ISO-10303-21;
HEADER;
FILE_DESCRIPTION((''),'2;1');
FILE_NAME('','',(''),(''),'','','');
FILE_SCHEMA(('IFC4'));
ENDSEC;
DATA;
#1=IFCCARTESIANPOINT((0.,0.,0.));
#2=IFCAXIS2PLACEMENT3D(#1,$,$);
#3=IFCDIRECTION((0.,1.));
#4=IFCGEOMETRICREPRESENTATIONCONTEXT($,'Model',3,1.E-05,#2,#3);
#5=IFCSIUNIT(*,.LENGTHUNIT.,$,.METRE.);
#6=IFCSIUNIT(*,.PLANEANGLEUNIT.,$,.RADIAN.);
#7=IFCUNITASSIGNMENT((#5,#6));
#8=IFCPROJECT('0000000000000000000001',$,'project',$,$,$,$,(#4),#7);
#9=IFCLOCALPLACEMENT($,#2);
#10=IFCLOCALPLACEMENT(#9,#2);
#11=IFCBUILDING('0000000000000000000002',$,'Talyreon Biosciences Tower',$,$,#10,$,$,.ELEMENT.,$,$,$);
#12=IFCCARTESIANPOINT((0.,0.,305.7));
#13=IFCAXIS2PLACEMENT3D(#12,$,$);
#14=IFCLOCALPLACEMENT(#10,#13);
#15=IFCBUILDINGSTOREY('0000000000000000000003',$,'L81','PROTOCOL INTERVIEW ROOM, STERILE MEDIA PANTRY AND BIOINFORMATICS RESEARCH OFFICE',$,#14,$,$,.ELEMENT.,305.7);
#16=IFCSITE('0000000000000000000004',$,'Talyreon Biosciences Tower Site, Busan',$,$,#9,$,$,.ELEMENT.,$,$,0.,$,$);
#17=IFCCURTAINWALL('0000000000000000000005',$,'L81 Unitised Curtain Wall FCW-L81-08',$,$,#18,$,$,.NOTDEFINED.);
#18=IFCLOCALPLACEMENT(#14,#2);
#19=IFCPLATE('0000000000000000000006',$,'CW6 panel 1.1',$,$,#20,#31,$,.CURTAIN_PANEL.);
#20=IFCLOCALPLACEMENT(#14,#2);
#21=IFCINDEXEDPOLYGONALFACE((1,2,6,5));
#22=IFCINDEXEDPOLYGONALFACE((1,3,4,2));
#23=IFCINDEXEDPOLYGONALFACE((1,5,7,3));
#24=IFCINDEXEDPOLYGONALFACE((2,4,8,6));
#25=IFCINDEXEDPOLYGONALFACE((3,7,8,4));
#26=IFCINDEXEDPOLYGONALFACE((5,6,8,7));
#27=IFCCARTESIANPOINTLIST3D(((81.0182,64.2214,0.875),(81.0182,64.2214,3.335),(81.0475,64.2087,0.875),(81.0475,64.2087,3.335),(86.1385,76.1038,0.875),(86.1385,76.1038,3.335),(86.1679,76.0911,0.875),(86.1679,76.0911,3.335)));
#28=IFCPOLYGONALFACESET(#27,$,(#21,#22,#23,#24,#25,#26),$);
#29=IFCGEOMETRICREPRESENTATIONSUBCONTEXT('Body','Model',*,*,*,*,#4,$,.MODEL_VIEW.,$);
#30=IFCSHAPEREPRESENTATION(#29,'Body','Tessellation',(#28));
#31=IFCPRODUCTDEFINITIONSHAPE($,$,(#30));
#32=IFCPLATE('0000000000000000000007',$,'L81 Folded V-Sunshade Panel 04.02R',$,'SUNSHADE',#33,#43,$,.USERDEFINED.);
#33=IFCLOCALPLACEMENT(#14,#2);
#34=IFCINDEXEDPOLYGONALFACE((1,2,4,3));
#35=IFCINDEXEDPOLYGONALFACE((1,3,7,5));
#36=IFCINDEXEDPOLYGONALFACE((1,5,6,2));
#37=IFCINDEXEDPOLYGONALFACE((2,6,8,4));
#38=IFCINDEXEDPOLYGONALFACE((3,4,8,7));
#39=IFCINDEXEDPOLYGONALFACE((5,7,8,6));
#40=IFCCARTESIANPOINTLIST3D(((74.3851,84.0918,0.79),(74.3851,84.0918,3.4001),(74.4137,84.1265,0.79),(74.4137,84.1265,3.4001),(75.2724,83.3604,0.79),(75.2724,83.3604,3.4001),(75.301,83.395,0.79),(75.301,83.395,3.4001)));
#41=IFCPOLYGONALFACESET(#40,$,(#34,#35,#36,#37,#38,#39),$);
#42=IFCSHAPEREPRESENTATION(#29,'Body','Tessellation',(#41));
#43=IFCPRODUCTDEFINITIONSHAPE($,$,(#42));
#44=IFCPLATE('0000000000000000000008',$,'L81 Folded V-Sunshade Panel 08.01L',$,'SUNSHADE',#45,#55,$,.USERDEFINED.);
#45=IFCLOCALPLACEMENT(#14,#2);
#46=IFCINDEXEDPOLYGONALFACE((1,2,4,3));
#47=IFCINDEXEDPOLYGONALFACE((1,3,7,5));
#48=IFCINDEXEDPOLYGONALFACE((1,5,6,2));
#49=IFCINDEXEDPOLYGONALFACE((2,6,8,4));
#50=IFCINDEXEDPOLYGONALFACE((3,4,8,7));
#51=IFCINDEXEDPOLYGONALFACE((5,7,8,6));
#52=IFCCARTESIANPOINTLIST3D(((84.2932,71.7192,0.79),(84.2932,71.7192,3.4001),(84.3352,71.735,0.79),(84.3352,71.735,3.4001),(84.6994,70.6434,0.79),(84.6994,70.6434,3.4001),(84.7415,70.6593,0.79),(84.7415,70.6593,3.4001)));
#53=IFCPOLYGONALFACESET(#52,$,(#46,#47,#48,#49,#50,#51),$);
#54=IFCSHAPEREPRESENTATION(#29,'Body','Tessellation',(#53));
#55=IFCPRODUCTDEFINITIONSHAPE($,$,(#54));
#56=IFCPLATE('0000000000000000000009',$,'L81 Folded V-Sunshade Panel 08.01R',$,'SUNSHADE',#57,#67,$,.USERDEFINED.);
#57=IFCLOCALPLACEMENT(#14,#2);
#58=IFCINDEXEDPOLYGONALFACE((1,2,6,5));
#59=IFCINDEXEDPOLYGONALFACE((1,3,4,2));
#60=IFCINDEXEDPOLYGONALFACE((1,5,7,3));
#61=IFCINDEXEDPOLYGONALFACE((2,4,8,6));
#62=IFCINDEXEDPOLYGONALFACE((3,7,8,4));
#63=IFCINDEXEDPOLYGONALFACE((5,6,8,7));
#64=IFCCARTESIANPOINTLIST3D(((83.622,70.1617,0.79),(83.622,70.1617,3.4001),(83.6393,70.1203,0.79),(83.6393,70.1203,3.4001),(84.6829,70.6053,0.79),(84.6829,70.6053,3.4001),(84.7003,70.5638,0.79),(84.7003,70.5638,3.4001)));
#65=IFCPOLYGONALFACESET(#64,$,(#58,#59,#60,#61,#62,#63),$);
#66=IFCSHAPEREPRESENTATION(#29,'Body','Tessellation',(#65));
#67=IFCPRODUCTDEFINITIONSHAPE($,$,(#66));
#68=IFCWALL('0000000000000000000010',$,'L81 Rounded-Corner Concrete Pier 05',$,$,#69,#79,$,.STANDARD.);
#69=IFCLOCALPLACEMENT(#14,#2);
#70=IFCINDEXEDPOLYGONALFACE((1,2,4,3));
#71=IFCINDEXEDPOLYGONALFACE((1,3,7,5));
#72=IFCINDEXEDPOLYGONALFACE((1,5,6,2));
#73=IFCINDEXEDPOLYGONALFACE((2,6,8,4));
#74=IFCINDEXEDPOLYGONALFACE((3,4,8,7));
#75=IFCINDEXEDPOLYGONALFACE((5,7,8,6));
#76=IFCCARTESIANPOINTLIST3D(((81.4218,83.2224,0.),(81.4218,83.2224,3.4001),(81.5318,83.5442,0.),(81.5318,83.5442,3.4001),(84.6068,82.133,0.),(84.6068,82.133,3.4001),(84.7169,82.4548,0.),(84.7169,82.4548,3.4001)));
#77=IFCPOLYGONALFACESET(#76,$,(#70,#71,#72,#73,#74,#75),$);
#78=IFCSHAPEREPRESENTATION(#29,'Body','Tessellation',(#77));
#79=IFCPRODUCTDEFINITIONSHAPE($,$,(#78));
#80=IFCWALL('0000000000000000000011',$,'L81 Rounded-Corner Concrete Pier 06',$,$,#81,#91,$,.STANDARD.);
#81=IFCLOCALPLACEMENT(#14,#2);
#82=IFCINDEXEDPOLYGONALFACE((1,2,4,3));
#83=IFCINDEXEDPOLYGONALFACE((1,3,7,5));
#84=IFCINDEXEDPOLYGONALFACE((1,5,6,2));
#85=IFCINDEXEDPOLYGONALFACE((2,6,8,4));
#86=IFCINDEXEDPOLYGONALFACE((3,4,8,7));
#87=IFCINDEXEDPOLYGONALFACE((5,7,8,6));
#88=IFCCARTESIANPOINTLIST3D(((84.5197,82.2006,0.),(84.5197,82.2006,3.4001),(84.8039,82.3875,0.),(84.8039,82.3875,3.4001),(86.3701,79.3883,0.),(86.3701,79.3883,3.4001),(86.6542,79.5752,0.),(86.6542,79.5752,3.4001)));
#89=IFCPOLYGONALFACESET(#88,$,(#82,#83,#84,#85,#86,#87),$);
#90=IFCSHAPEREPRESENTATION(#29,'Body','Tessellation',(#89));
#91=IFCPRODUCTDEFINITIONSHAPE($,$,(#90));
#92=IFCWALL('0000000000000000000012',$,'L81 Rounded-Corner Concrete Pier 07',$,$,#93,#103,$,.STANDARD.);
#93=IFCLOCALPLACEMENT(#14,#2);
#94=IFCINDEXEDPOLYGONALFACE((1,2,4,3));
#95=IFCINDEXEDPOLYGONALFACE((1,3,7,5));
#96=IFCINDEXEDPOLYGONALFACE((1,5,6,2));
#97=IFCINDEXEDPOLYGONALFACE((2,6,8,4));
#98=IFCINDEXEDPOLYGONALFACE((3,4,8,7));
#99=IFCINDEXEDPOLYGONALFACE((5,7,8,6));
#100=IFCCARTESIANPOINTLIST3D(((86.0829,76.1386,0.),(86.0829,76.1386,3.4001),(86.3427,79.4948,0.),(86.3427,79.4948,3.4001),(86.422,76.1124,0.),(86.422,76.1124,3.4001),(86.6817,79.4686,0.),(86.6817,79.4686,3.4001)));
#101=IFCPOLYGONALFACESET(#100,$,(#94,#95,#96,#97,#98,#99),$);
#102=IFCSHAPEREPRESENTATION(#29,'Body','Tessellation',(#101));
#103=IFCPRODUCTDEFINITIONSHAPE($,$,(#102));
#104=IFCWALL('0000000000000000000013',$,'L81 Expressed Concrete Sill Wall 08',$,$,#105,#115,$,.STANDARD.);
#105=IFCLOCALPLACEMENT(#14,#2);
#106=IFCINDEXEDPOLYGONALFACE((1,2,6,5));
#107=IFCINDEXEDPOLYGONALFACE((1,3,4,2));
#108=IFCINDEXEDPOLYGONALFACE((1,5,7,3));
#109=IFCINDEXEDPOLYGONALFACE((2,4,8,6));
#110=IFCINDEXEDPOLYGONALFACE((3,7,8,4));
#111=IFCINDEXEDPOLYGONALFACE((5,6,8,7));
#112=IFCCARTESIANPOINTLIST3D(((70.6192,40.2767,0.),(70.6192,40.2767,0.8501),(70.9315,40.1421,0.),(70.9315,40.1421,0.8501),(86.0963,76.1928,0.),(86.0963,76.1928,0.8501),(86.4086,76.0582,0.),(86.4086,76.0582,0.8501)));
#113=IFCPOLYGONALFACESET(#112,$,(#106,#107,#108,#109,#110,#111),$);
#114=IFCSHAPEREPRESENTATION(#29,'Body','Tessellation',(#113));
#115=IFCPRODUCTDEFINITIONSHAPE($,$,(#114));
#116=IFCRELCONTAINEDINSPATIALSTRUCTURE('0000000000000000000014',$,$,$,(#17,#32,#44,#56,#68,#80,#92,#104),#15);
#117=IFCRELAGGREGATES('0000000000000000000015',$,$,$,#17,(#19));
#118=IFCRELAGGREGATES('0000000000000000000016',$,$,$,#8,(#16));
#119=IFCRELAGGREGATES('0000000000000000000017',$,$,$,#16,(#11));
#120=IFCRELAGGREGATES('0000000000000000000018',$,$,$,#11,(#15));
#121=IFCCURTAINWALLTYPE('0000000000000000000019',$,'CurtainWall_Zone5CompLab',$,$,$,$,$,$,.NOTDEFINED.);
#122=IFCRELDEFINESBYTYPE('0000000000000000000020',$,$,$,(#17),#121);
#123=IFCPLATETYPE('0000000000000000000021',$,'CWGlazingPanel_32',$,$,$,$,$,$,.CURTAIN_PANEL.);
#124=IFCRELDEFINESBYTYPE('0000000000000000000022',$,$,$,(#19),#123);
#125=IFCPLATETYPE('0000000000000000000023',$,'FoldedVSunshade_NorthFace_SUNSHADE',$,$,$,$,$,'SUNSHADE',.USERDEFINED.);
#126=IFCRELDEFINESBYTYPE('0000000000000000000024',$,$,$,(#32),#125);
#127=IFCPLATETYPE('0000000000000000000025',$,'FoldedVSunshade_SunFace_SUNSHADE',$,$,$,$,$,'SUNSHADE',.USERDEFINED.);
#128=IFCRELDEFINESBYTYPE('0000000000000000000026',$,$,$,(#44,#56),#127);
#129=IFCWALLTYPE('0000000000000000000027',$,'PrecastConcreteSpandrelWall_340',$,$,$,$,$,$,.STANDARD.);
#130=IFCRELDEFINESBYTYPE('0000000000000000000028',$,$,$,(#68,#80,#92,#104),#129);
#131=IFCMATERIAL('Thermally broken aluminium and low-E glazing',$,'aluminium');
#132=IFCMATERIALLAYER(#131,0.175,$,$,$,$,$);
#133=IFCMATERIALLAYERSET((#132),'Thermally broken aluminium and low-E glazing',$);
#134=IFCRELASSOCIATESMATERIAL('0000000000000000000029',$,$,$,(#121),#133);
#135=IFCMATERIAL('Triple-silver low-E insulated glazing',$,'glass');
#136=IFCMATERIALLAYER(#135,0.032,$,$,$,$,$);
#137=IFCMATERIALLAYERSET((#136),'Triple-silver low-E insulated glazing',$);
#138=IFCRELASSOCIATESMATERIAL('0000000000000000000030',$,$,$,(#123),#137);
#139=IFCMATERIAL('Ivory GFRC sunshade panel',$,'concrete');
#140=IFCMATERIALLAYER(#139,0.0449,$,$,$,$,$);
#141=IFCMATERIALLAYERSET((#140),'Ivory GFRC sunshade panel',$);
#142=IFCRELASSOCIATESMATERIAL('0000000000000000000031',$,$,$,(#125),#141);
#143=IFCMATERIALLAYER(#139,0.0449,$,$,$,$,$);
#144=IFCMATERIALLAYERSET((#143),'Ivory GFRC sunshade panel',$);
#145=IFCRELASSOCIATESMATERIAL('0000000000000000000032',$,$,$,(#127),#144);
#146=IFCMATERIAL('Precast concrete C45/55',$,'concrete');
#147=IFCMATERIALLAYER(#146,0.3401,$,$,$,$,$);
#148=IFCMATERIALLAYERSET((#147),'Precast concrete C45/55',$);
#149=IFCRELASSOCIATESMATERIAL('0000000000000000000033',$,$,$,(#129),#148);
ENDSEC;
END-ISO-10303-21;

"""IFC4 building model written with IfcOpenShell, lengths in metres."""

from ifc_helpers import new_model, si_unit, direction, frame, frame_2d, origin, origin_2d, place, context, subcontext, project, spatial, rectangle, extrude, material, layer, layer_set, type_object, element, aggregate, save


model = new_model("IFC4")

# Units and contexts
model_context = context("Model", 3, precision=1e-05, world=origin(), true_north=direction((0.0, 1.0)))
body_context = subcontext(model_context, "Body", "Model", "MODEL_VIEW")
ifc_project = project(units=[si_unit("LENGTHUNIT", "METRE"), si_unit("PLANEANGLEUNIT", "RADIAN")], contexts=[model_context])

# Site, building, storey
site_placement = place(None, origin())
site = spatial("IfcSite", under=ifc_project, at=site_placement, Name="Talyreon Biosciences Tower Site, Busan", CompositionType="ELEMENT", RefElevation=0.0)
building_placement = place(site_placement, origin())
building = spatial("IfcBuilding", under=site, at=building_placement, Name="Talyreon Biosciences Tower", CompositionType="ELEMENT")
storey_placement = place(building_placement, frame((0.0, 0.0, 305.7)))
storey = spatial("IfcBuildingStorey", under=building, at=storey_placement, Name="L81", Description="PROTOCOL INTERVIEW ROOM, STERILE MEDIA PANTRY AND BIOINFORMATICS RESEARCH OFFICE", CompositionType="ELEMENT", Elevation=305.7)

# Shared definitions
ifc_material_1 = material(Name="Thermally broken aluminium and low-E glazing", Category="aluminium")
ifc_layer_1 = layer(ifc_material_1, 0.175)
ifc_layer_set_1 = layer_set([ifc_layer_1], Name="Thermally broken aluminium and low-E glazing")
curtain_wall_type = type_object("IfcCurtainWallType", Name="CurtainWall_Zone5CompLab", PredefinedType="NOTDEFINED", material=ifc_layer_set_1)

# Curtain wall
curtain_wall_1_placement = place(storey_placement, origin())
curtain_wall_1 = element("IfcCurtainWall", 1, at=curtain_wall_1_placement, inside=storey, type_object=curtain_wall_type, Name="L81 Unitised Curtain Wall FCW-L81-08", PredefinedType="NOTDEFINED")

# Shared definitions
ifc_material_2 = material(Name="Precast concrete C45/55", Category="concrete")

# Plate
ifc_material_3 = material(Name="Triple-silver low-E insulated glazing", Category="glass")
ifc_layer_2 = layer(ifc_material_3, 0.032)
ifc_layer_set_2 = layer_set([ifc_layer_2], Name="Triple-silver low-E insulated glazing")
plate_type_1 = type_object("IfcPlateType", Name="CWGlazingPanel_32", PredefinedType="CURTAIN_PANEL", material=ifc_layer_set_2)
plate_1_placement = place(storey_placement, frame((83.593, 70.1562, 0.875), z_axis=(0.0, 0.0, 1.0), x_axis=(-0.395738, -0.918363, 0.0)))
plate_1 = element("IfcPlate", 2, at=plate_1_placement, type_object=plate_type_1, Name="CW6 panel 1.1", PredefinedType="CURTAIN_PANEL", context=body_context, shape_type="SweptSolid", body=[
    extrude(rectangle(XDim=12.9387, YDim=0.032, at=origin_2d()), origin(), (0.0, 0.0, 1.0), 2.46),
])
aggregate(curtain_wall_1, [plate_1])

# Plates
ifc_material_4 = material(Name="Ivory GFRC sunshade panel", Category="concrete")
ifc_layer_3 = layer(ifc_material_4, 0.0449)
ifc_layer_set_3 = layer_set([ifc_layer_3], Name="Ivory GFRC sunshade panel")
plate_type_2 = type_object("IfcPlateType", Name="FoldedVSunshade_NorthFace_SUNSHADE", ElementType="SUNSHADE", PredefinedType="USERDEFINED", material=ifc_layer_set_3)
plate_2_placement = place(storey_placement, frame((74.843, 83.7434, 0.79), z_axis=(0.0, 0.0, 1.0), x_axis=(0.771625, -0.636078, 0.0)))
element("IfcPlate", 3, at=plate_2_placement, inside=storey, type_object=plate_type_2, Name="L81 Folded V-Sunshade Panel 04.02R", ObjectType="SUNSHADE", PredefinedType="USERDEFINED", context=body_context, shape_type="SweptSolid", body=[
    extrude(rectangle(XDim=1.1499, YDim=0.0449, at=origin_2d()), origin(), (0.0, 0.0, 1.0), 2.6101),
])
ifc_layer_4 = layer(ifc_material_4, 0.0449)
ifc_layer_set_4 = layer_set([ifc_layer_4], Name="Ivory GFRC sunshade panel")
plate_type_3 = type_object("IfcPlateType", Name="FoldedVSunshade_SunFace_SUNSHADE", ElementType="SUNSHADE", PredefinedType="USERDEFINED", material=ifc_layer_set_4)
for number, where, z_axis, x_axis, name in (
    (4, (84.5173, 71.1892, 0.79), (0.0, 0.0, 1.0), (0.353279, -0.935518, 0.0), "L81 Folded V-Sunshade Panel 08.01L"),
    (5, (84.1611, 70.3628, 0.79), (0.0, 0.0, 1.0), (-0.922619, -0.385713, 0.0), "L81 Folded V-Sunshade Panel 08.01R"),
):
    element("IfcPlate", number, at=place(storey_placement, frame(where, z_axis=z_axis, x_axis=x_axis)), inside=storey, type_object=plate_type_3, Name=name, ObjectType="SUNSHADE", PredefinedType="USERDEFINED", context=body_context, shape_type="SweptSolid", body=[
        extrude(rectangle(XDim=1.1499, YDim=0.0449, at=origin_2d()), origin(), (0.0, 0.0, 1.0), 2.6101),
    ])

# Walls
ifc_layer_5 = layer(ifc_material_2, 0.3401)
ifc_layer_set_5 = layer_set([ifc_layer_5], Name="Precast concrete C45/55")
wall_type = type_object("IfcWallType", Name="PrecastConcreteSpandrelWall_340", PredefinedType="STANDARD", material=ifc_layer_set_5)
wall_1_placement = place(storey_placement, frame((81.4768, 83.3833, 0.0), z_axis=(0.0, 0.0, 1.0), x_axis=(0.946189, -0.323616, 0.0)))
element("IfcWall", 6, at=wall_1_placement, inside=storey, type_object=wall_type, Name="L81 Rounded-Corner Concrete Pier 05", PredefinedType="STANDARD", context=body_context, shape_type="SweptSolid", body=[
    extrude(rectangle(XDim=3.3662, YDim=0.3401, at=frame_2d((1.6831, 0.0))), origin(), (0.0, 0.0, 1.0), 3.4001),
])
wall_2_placement = place(storey_placement, frame((84.6619, 82.2939, 0.0), z_axis=(0.0, 0.0, 1.0), x_axis=(0.549652, -0.835393, 0.0)))
element("IfcWall", 7, at=wall_2_placement, inside=storey, type_object=wall_type, Name="L81 Rounded-Corner Concrete Pier 06", PredefinedType="STANDARD", context=body_context, shape_type="SweptSolid", body=[
    extrude(rectangle(XDim=3.3665, YDim=0.3401, at=frame_2d((1.6831, 0.0))), origin(), (0.0, 0.0, 1.0), 3.4001),
])
wall_3_placement = place(storey_placement, frame((86.5122, 79.4817, 0.0), z_axis=(0.0, 0.0, 1.0), x_axis=(-0.077168, -0.997018, 0.0)))
element("IfcWall", 8, at=wall_3_placement, inside=storey, type_object=wall_type, Name="L81 Rounded-Corner Concrete Pier 07", PredefinedType="STANDARD", context=body_context, shape_type="SweptSolid", body=[
    extrude(rectangle(XDim=3.3662, YDim=0.3401, at=frame_2d((1.6831, 0.0))), origin(), (0.0, 0.0, 1.0), 3.4001),
])
wall_4_placement = place(storey_placement, frame((86.2524, 76.1255, 0.0), z_axis=(0.0, 0.0, 1.0), x_axis=(-0.395743, -0.918361, 0.0)))
element("IfcWall", 9, at=wall_4_placement, inside=storey, type_object=wall_type, Name="L81 Expressed Concrete Sill Wall 08", PredefinedType="STANDARD", context=body_context, shape_type="SweptSolid", body=[
    extrude(rectangle(XDim=39.1089, YDim=0.3401, at=frame_2d((19.5544, 0.0))), origin(), (0.0, 0.0, 1.0), 0.8501),
])

save(model, "model.ifc")
